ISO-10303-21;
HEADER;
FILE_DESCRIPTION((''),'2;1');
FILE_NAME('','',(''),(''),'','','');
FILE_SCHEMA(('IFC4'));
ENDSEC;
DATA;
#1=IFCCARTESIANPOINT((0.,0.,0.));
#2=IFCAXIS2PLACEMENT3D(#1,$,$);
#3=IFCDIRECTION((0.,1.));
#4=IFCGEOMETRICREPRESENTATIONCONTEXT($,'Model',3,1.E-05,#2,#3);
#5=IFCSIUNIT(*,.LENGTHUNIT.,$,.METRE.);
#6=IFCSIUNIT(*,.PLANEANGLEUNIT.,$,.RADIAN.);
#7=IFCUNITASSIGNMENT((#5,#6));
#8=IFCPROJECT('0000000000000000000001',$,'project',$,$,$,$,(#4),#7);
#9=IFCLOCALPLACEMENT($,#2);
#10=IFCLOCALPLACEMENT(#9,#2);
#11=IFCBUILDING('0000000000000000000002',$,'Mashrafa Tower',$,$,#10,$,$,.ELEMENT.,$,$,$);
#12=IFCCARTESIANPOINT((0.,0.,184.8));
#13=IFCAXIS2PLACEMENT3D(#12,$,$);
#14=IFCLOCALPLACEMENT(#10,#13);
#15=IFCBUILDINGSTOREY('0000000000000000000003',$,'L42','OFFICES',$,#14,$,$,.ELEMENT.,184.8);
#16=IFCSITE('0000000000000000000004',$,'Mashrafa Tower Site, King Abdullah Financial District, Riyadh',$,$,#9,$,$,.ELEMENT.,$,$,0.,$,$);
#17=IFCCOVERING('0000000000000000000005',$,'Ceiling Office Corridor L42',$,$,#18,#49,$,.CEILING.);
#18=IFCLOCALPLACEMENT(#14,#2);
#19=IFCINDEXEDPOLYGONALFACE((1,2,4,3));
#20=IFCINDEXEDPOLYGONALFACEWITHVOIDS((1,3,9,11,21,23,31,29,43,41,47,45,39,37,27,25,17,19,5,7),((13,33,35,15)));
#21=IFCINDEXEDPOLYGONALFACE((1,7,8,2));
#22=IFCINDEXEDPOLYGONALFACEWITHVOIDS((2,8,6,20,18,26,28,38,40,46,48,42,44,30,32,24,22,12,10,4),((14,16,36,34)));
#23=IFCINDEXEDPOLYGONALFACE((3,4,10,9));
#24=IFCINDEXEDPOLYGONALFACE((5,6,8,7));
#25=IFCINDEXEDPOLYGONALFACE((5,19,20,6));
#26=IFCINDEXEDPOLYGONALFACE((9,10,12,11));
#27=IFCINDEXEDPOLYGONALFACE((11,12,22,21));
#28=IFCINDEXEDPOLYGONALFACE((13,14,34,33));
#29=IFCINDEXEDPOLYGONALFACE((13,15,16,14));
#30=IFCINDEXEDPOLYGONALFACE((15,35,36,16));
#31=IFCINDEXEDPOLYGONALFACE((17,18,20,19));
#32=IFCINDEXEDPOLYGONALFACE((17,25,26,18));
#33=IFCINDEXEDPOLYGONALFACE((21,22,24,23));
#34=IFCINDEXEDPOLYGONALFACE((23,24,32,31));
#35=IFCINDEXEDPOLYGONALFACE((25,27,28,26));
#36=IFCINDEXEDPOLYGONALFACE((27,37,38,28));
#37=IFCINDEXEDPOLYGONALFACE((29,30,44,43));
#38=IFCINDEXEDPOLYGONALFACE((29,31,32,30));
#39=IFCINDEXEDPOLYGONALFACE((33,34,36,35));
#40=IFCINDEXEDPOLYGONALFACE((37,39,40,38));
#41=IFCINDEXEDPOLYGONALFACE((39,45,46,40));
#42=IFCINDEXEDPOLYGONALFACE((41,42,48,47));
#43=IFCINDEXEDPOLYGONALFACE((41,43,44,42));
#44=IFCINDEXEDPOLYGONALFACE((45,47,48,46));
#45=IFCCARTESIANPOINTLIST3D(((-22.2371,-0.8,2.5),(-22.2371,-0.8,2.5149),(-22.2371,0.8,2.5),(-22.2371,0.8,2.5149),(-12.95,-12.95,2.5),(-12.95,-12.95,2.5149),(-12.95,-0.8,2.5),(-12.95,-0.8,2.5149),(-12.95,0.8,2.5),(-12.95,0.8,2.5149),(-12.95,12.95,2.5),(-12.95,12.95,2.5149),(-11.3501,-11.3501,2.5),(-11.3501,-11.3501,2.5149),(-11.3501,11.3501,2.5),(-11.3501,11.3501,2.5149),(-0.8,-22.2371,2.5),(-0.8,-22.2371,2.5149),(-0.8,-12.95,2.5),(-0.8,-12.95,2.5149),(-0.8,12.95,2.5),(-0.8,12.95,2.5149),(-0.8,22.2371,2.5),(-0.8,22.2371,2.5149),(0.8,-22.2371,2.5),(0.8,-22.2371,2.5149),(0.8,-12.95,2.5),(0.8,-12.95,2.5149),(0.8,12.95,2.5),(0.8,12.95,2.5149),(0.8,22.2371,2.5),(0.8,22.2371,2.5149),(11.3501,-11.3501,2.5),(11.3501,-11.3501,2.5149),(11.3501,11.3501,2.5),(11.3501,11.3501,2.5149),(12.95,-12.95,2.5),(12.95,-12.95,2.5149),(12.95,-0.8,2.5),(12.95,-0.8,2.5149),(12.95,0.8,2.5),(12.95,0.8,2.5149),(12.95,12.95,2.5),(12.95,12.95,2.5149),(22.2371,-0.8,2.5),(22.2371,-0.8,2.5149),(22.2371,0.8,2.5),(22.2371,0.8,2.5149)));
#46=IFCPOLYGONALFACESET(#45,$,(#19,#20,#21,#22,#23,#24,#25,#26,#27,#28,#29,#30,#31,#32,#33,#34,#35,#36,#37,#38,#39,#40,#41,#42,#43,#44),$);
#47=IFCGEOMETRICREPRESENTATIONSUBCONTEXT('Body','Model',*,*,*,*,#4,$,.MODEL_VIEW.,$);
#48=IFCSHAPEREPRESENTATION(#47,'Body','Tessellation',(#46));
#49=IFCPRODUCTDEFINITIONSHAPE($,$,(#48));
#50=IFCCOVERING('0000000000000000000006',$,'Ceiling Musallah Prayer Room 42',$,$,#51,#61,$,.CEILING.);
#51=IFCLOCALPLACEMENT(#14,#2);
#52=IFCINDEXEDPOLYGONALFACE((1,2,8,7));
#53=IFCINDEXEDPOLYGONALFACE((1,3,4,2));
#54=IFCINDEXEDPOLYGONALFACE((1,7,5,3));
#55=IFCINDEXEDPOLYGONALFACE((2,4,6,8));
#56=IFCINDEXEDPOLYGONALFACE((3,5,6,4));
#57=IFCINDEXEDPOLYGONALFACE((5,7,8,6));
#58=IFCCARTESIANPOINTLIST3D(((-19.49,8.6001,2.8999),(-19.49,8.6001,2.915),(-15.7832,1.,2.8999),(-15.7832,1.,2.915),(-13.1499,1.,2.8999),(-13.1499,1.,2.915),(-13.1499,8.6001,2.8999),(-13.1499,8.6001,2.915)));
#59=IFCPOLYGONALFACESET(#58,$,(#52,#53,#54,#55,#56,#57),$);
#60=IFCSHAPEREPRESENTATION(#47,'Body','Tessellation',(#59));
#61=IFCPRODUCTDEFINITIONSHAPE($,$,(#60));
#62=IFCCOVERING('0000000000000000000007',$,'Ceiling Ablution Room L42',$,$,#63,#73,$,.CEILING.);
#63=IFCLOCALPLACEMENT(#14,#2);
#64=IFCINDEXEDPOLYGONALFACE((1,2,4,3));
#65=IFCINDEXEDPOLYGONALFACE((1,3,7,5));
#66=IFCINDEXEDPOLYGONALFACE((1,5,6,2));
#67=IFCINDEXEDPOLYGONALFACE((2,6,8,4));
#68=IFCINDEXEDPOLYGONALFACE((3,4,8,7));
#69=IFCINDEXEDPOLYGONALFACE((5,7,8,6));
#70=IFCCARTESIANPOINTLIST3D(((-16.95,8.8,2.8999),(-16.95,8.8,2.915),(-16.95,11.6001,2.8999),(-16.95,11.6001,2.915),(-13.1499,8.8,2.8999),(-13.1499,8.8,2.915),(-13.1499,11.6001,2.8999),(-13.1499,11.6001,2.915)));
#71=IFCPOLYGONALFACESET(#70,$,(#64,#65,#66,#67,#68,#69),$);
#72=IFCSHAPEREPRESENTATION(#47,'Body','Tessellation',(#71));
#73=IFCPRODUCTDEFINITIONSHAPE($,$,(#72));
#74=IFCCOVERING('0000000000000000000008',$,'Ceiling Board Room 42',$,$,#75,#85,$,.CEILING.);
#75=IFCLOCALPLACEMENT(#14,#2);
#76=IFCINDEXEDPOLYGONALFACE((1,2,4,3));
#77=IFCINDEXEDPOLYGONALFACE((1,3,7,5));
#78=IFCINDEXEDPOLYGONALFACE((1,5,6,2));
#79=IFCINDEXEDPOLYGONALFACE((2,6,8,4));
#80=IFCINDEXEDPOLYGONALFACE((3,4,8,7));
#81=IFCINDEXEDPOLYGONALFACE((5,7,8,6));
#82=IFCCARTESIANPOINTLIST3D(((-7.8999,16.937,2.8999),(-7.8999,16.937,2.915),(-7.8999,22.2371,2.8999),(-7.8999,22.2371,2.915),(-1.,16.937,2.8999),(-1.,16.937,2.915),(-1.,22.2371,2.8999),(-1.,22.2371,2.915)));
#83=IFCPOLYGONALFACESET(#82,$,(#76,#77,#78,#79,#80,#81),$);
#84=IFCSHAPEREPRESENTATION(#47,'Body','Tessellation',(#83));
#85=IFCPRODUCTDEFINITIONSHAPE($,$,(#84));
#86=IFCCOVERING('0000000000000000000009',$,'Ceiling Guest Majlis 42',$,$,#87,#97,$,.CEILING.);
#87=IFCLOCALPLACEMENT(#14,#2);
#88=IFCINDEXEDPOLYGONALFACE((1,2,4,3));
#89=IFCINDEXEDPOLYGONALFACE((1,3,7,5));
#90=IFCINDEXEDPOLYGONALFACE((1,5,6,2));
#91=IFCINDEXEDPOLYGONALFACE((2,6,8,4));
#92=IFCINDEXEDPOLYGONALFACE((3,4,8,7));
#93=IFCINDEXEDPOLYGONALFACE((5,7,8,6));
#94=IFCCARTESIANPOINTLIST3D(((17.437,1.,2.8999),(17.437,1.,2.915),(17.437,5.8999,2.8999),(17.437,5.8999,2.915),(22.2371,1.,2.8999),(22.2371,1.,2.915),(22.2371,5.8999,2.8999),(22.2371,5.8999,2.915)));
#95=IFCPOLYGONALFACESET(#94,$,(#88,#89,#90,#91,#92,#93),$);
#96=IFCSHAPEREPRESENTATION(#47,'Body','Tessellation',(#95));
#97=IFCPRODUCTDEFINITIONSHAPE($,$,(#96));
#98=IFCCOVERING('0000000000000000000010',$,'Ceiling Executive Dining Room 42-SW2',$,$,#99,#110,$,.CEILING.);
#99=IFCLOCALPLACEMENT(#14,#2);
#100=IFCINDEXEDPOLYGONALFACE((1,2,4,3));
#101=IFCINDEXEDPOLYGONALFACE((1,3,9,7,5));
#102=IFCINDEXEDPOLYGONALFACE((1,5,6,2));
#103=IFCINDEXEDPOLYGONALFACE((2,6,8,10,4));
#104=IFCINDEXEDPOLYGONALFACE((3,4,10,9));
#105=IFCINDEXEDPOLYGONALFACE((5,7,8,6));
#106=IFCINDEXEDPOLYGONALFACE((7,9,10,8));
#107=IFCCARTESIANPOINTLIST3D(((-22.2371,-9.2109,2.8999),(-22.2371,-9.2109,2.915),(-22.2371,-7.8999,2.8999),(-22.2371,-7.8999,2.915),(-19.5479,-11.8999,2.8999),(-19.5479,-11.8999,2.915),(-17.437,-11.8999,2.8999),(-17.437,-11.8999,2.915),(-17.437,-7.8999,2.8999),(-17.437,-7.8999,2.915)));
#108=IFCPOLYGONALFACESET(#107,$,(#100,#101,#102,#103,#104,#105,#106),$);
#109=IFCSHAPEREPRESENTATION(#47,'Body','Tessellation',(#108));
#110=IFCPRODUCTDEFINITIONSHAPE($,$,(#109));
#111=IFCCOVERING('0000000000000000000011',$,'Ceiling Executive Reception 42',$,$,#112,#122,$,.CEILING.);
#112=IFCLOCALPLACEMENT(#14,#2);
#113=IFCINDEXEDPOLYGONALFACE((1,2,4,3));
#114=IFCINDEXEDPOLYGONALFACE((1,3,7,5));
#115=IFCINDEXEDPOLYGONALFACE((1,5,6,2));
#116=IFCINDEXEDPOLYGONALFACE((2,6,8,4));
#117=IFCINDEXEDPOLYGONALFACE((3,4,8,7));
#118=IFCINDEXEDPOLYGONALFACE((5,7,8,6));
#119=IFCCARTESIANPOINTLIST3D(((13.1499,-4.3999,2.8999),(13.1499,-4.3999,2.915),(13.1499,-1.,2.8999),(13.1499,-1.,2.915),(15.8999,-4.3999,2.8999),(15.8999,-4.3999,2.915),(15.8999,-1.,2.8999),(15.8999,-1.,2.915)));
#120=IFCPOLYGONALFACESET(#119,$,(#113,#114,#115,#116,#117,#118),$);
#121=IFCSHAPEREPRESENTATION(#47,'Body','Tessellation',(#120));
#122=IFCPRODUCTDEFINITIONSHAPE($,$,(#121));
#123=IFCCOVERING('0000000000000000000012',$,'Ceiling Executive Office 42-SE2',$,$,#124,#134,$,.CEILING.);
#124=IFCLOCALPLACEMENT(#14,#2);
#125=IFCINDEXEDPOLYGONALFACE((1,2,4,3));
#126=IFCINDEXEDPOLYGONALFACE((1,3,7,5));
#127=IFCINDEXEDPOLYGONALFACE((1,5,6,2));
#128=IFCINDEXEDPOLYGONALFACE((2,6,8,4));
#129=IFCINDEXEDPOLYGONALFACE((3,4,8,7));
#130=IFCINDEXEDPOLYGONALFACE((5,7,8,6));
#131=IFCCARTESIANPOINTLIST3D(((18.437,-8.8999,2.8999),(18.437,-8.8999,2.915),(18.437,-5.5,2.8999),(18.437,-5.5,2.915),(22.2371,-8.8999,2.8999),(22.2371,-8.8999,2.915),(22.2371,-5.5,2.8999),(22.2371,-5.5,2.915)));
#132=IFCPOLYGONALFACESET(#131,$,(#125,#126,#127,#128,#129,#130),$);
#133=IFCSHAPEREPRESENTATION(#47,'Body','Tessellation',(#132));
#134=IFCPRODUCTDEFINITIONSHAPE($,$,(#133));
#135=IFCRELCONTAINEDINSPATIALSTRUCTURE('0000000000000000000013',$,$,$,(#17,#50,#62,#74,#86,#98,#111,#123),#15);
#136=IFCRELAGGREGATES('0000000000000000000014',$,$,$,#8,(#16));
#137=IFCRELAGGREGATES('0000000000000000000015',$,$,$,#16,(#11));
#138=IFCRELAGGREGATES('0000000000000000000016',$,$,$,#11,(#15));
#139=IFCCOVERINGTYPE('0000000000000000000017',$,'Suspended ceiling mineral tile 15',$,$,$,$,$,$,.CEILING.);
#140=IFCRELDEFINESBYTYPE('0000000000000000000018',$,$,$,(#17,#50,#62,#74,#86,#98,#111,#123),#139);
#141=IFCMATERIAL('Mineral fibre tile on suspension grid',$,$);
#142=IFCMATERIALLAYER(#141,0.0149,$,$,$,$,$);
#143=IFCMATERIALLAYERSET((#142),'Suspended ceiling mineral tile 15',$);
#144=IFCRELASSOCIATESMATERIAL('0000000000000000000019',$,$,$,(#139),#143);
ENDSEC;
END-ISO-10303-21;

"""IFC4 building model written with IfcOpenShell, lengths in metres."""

from ifc_helpers import new_model, si_unit, direction, frame, origin, place, context, subcontext, project, spatial, polyline, outline, extrude, material, layer, layer_set, type_object, element, save


model = new_model("IFC4")

# Units and contexts
model_context = context("Model", 3, precision=1e-05, world=origin(), true_north=direction((0.0, 1.0)))
body_context = subcontext(model_context, "Body", "Model", "MODEL_VIEW")
ifc_project = project(units=[si_unit("LENGTHUNIT", "METRE"), si_unit("PLANEANGLEUNIT", "RADIAN")], contexts=[model_context])

# Site, building, storey
site_placement = place(None, origin())
site = spatial("IfcSite", under=ifc_project, at=site_placement, Name="Mashrafa Tower Site, King Abdullah Financial District, Riyadh", CompositionType="ELEMENT", RefElevation=0.0)
building_placement = place(site_placement, origin())
building = spatial("IfcBuilding", under=site, at=building_placement, Name="Mashrafa Tower", CompositionType="ELEMENT")
storey_placement = place(building_placement, frame((0.0, 0.0, 184.8)))
storey = spatial("IfcBuildingStorey", under=building, at=storey_placement, Name="L42", Description="OFFICES", CompositionType="ELEMENT", Elevation=184.8)

# Coverings
ifc_material_1 = material(Name="Mineral fibre tile on suspension grid")
ifc_layer_1 = layer(ifc_material_1, 0.0149)
ifc_layer_set_1 = layer_set([ifc_layer_1], Name="Suspended ceiling mineral tile 15")
covering_type = type_object("IfcCoveringType", Name="Suspended ceiling mineral tile 15", PredefinedType="CEILING", material=ifc_layer_set_1)
covering_1_placement = place(storey_placement, frame((0.0, 0.0, 2.5)))
element("IfcCovering", 1, at=covering_1_placement, inside=storey, type_object=covering_type, Name="Ceiling Office Corridor L42", PredefinedType="CEILING", context=body_context, shape_type="SweptSolid", body=[
    extrude(outline(polyline([(-12.95, -12.95), (-12.95, -0.8), (-22.2371, -0.8), (-22.2371, 0.8), (-12.95, 0.8), (-12.95, 12.95), (-0.8, 12.95), (-0.8, 22.2371), (0.8, 22.2371), (0.8, 12.95), (12.95, 12.95), (12.95, 0.8), (22.2371, 0.8), (22.2371, -0.8), (12.95, -0.8), (12.95, -12.95), (0.8, -12.95), (0.8, -22.2371), (-0.8, -22.2371), (-0.8, -12.95), (-12.95, -12.95)]), holes=[polyline([(11.3501, 11.3501), (-11.3501, 11.3501), (-11.3501, -11.3501), (11.3501, -11.3501), (11.3501, 11.3501)])]), origin(), (0.0, 0.0, 1.0), 0.0149),
])
covering_2_placement = place(storey_placement, frame((0.0, 0.0, 2.8999)))
element("IfcCovering", 2, at=covering_2_placement, inside=storey, type_object=covering_type, Name="Ceiling Musallah Prayer Room 42", PredefinedType="CEILING", context=body_context, shape_type="SweptSolid", body=[
    extrude(outline(polyline([(-15.7832, 1.0), (-19.49, 8.6001), (-13.1499, 8.6001), (-13.1499, 1.0), (-15.7832, 1.0)])), origin(), (0.0, 0.0, 1.0), 0.0151),
])
covering_3_placement = place(storey_placement, frame((0.0, 0.0, 2.8999)))
element("IfcCovering", 3, at=covering_3_placement, inside=storey, type_object=covering_type, Name="Ceiling Ablution Room L42", PredefinedType="CEILING", context=body_context, shape_type="SweptSolid", body=[
    extrude(outline(polyline([(-16.95, 8.8), (-16.95, 11.6001), (-13.1499, 11.6001), (-13.1499, 8.8), (-16.95, 8.8)])), origin(), (0.0, 0.0, 1.0), 0.0151),
])
covering_4_placement = place(storey_placement, frame((0.0, 0.0, 2.8999)))
element("IfcCovering", 4, at=covering_4_placement, inside=storey, type_object=covering_type, Name="Ceiling Board Room 42", PredefinedType="CEILING", context=body_context, shape_type="SweptSolid", body=[
    extrude(outline(polyline([(-7.8999, 22.2371), (-1.0, 22.2371), (-1.0, 16.937), (-7.8999, 16.937), (-7.8999, 22.2371)])), origin(), (0.0, 0.0, 1.0), 0.0151),
])
covering_5_placement = place(storey_placement, frame((0.0, 0.0, 2.8999)))
element("IfcCovering", 5, at=covering_5_placement, inside=storey, type_object=covering_type, Name="Ceiling Guest Majlis 42", PredefinedType="CEILING", context=body_context, shape_type="SweptSolid", body=[
    extrude(outline(polyline([(17.437, 5.8999), (22.2371, 5.8999), (22.2371, 1.0), (17.437, 1.0), (17.437, 5.8999)])), origin(), (0.0, 0.0, 1.0), 0.0151),
])
covering_6_placement = place(storey_placement, frame((0.0, 0.0, 2.8999)))
element("IfcCovering", 6, at=covering_6_placement, inside=storey, type_object=covering_type, Name="Ceiling Executive Dining Room 42-SW2", PredefinedType="CEILING", context=body_context, shape_type="SweptSolid", body=[
    extrude(outline(polyline([(-17.437, -7.8999), (-17.437, -11.8999), (-19.5479, -11.8999), (-22.2371, -9.2109), (-22.2371, -7.8999), (-17.437, -7.8999)])), origin(), (0.0, 0.0, 1.0), 0.0151),
])
covering_7_placement = place(storey_placement, frame((0.0, 0.0, 2.8999)))
element("IfcCovering", 7, at=covering_7_placement, inside=storey, type_object=covering_type, Name="Ceiling Executive Reception 42", PredefinedType="CEILING", context=body_context, shape_type="SweptSolid", body=[
    extrude(outline(polyline([(13.1499, -1.0), (15.8999, -1.0), (15.8999, -4.3999), (13.1499, -4.3999), (13.1499, -1.0)])), origin(), (0.0, 0.0, 1.0), 0.0151),
])
covering_8_placement = place(storey_placement, frame((0.0, 0.0, 2.8999)))
element("IfcCovering", 8, at=covering_8_placement, inside=storey, type_object=covering_type, Name="Ceiling Executive Office 42-SE2", PredefinedType="CEILING", context=body_context, shape_type="SweptSolid", body=[
    extrude(outline(polyline([(18.437, -5.5), (22.2371, -5.5), (22.2371, -8.8999), (18.437, -8.8999), (18.437, -5.5)])), origin(), (0.0, 0.0, 1.0), 0.0151),
])

save(model, "model.ifc")
